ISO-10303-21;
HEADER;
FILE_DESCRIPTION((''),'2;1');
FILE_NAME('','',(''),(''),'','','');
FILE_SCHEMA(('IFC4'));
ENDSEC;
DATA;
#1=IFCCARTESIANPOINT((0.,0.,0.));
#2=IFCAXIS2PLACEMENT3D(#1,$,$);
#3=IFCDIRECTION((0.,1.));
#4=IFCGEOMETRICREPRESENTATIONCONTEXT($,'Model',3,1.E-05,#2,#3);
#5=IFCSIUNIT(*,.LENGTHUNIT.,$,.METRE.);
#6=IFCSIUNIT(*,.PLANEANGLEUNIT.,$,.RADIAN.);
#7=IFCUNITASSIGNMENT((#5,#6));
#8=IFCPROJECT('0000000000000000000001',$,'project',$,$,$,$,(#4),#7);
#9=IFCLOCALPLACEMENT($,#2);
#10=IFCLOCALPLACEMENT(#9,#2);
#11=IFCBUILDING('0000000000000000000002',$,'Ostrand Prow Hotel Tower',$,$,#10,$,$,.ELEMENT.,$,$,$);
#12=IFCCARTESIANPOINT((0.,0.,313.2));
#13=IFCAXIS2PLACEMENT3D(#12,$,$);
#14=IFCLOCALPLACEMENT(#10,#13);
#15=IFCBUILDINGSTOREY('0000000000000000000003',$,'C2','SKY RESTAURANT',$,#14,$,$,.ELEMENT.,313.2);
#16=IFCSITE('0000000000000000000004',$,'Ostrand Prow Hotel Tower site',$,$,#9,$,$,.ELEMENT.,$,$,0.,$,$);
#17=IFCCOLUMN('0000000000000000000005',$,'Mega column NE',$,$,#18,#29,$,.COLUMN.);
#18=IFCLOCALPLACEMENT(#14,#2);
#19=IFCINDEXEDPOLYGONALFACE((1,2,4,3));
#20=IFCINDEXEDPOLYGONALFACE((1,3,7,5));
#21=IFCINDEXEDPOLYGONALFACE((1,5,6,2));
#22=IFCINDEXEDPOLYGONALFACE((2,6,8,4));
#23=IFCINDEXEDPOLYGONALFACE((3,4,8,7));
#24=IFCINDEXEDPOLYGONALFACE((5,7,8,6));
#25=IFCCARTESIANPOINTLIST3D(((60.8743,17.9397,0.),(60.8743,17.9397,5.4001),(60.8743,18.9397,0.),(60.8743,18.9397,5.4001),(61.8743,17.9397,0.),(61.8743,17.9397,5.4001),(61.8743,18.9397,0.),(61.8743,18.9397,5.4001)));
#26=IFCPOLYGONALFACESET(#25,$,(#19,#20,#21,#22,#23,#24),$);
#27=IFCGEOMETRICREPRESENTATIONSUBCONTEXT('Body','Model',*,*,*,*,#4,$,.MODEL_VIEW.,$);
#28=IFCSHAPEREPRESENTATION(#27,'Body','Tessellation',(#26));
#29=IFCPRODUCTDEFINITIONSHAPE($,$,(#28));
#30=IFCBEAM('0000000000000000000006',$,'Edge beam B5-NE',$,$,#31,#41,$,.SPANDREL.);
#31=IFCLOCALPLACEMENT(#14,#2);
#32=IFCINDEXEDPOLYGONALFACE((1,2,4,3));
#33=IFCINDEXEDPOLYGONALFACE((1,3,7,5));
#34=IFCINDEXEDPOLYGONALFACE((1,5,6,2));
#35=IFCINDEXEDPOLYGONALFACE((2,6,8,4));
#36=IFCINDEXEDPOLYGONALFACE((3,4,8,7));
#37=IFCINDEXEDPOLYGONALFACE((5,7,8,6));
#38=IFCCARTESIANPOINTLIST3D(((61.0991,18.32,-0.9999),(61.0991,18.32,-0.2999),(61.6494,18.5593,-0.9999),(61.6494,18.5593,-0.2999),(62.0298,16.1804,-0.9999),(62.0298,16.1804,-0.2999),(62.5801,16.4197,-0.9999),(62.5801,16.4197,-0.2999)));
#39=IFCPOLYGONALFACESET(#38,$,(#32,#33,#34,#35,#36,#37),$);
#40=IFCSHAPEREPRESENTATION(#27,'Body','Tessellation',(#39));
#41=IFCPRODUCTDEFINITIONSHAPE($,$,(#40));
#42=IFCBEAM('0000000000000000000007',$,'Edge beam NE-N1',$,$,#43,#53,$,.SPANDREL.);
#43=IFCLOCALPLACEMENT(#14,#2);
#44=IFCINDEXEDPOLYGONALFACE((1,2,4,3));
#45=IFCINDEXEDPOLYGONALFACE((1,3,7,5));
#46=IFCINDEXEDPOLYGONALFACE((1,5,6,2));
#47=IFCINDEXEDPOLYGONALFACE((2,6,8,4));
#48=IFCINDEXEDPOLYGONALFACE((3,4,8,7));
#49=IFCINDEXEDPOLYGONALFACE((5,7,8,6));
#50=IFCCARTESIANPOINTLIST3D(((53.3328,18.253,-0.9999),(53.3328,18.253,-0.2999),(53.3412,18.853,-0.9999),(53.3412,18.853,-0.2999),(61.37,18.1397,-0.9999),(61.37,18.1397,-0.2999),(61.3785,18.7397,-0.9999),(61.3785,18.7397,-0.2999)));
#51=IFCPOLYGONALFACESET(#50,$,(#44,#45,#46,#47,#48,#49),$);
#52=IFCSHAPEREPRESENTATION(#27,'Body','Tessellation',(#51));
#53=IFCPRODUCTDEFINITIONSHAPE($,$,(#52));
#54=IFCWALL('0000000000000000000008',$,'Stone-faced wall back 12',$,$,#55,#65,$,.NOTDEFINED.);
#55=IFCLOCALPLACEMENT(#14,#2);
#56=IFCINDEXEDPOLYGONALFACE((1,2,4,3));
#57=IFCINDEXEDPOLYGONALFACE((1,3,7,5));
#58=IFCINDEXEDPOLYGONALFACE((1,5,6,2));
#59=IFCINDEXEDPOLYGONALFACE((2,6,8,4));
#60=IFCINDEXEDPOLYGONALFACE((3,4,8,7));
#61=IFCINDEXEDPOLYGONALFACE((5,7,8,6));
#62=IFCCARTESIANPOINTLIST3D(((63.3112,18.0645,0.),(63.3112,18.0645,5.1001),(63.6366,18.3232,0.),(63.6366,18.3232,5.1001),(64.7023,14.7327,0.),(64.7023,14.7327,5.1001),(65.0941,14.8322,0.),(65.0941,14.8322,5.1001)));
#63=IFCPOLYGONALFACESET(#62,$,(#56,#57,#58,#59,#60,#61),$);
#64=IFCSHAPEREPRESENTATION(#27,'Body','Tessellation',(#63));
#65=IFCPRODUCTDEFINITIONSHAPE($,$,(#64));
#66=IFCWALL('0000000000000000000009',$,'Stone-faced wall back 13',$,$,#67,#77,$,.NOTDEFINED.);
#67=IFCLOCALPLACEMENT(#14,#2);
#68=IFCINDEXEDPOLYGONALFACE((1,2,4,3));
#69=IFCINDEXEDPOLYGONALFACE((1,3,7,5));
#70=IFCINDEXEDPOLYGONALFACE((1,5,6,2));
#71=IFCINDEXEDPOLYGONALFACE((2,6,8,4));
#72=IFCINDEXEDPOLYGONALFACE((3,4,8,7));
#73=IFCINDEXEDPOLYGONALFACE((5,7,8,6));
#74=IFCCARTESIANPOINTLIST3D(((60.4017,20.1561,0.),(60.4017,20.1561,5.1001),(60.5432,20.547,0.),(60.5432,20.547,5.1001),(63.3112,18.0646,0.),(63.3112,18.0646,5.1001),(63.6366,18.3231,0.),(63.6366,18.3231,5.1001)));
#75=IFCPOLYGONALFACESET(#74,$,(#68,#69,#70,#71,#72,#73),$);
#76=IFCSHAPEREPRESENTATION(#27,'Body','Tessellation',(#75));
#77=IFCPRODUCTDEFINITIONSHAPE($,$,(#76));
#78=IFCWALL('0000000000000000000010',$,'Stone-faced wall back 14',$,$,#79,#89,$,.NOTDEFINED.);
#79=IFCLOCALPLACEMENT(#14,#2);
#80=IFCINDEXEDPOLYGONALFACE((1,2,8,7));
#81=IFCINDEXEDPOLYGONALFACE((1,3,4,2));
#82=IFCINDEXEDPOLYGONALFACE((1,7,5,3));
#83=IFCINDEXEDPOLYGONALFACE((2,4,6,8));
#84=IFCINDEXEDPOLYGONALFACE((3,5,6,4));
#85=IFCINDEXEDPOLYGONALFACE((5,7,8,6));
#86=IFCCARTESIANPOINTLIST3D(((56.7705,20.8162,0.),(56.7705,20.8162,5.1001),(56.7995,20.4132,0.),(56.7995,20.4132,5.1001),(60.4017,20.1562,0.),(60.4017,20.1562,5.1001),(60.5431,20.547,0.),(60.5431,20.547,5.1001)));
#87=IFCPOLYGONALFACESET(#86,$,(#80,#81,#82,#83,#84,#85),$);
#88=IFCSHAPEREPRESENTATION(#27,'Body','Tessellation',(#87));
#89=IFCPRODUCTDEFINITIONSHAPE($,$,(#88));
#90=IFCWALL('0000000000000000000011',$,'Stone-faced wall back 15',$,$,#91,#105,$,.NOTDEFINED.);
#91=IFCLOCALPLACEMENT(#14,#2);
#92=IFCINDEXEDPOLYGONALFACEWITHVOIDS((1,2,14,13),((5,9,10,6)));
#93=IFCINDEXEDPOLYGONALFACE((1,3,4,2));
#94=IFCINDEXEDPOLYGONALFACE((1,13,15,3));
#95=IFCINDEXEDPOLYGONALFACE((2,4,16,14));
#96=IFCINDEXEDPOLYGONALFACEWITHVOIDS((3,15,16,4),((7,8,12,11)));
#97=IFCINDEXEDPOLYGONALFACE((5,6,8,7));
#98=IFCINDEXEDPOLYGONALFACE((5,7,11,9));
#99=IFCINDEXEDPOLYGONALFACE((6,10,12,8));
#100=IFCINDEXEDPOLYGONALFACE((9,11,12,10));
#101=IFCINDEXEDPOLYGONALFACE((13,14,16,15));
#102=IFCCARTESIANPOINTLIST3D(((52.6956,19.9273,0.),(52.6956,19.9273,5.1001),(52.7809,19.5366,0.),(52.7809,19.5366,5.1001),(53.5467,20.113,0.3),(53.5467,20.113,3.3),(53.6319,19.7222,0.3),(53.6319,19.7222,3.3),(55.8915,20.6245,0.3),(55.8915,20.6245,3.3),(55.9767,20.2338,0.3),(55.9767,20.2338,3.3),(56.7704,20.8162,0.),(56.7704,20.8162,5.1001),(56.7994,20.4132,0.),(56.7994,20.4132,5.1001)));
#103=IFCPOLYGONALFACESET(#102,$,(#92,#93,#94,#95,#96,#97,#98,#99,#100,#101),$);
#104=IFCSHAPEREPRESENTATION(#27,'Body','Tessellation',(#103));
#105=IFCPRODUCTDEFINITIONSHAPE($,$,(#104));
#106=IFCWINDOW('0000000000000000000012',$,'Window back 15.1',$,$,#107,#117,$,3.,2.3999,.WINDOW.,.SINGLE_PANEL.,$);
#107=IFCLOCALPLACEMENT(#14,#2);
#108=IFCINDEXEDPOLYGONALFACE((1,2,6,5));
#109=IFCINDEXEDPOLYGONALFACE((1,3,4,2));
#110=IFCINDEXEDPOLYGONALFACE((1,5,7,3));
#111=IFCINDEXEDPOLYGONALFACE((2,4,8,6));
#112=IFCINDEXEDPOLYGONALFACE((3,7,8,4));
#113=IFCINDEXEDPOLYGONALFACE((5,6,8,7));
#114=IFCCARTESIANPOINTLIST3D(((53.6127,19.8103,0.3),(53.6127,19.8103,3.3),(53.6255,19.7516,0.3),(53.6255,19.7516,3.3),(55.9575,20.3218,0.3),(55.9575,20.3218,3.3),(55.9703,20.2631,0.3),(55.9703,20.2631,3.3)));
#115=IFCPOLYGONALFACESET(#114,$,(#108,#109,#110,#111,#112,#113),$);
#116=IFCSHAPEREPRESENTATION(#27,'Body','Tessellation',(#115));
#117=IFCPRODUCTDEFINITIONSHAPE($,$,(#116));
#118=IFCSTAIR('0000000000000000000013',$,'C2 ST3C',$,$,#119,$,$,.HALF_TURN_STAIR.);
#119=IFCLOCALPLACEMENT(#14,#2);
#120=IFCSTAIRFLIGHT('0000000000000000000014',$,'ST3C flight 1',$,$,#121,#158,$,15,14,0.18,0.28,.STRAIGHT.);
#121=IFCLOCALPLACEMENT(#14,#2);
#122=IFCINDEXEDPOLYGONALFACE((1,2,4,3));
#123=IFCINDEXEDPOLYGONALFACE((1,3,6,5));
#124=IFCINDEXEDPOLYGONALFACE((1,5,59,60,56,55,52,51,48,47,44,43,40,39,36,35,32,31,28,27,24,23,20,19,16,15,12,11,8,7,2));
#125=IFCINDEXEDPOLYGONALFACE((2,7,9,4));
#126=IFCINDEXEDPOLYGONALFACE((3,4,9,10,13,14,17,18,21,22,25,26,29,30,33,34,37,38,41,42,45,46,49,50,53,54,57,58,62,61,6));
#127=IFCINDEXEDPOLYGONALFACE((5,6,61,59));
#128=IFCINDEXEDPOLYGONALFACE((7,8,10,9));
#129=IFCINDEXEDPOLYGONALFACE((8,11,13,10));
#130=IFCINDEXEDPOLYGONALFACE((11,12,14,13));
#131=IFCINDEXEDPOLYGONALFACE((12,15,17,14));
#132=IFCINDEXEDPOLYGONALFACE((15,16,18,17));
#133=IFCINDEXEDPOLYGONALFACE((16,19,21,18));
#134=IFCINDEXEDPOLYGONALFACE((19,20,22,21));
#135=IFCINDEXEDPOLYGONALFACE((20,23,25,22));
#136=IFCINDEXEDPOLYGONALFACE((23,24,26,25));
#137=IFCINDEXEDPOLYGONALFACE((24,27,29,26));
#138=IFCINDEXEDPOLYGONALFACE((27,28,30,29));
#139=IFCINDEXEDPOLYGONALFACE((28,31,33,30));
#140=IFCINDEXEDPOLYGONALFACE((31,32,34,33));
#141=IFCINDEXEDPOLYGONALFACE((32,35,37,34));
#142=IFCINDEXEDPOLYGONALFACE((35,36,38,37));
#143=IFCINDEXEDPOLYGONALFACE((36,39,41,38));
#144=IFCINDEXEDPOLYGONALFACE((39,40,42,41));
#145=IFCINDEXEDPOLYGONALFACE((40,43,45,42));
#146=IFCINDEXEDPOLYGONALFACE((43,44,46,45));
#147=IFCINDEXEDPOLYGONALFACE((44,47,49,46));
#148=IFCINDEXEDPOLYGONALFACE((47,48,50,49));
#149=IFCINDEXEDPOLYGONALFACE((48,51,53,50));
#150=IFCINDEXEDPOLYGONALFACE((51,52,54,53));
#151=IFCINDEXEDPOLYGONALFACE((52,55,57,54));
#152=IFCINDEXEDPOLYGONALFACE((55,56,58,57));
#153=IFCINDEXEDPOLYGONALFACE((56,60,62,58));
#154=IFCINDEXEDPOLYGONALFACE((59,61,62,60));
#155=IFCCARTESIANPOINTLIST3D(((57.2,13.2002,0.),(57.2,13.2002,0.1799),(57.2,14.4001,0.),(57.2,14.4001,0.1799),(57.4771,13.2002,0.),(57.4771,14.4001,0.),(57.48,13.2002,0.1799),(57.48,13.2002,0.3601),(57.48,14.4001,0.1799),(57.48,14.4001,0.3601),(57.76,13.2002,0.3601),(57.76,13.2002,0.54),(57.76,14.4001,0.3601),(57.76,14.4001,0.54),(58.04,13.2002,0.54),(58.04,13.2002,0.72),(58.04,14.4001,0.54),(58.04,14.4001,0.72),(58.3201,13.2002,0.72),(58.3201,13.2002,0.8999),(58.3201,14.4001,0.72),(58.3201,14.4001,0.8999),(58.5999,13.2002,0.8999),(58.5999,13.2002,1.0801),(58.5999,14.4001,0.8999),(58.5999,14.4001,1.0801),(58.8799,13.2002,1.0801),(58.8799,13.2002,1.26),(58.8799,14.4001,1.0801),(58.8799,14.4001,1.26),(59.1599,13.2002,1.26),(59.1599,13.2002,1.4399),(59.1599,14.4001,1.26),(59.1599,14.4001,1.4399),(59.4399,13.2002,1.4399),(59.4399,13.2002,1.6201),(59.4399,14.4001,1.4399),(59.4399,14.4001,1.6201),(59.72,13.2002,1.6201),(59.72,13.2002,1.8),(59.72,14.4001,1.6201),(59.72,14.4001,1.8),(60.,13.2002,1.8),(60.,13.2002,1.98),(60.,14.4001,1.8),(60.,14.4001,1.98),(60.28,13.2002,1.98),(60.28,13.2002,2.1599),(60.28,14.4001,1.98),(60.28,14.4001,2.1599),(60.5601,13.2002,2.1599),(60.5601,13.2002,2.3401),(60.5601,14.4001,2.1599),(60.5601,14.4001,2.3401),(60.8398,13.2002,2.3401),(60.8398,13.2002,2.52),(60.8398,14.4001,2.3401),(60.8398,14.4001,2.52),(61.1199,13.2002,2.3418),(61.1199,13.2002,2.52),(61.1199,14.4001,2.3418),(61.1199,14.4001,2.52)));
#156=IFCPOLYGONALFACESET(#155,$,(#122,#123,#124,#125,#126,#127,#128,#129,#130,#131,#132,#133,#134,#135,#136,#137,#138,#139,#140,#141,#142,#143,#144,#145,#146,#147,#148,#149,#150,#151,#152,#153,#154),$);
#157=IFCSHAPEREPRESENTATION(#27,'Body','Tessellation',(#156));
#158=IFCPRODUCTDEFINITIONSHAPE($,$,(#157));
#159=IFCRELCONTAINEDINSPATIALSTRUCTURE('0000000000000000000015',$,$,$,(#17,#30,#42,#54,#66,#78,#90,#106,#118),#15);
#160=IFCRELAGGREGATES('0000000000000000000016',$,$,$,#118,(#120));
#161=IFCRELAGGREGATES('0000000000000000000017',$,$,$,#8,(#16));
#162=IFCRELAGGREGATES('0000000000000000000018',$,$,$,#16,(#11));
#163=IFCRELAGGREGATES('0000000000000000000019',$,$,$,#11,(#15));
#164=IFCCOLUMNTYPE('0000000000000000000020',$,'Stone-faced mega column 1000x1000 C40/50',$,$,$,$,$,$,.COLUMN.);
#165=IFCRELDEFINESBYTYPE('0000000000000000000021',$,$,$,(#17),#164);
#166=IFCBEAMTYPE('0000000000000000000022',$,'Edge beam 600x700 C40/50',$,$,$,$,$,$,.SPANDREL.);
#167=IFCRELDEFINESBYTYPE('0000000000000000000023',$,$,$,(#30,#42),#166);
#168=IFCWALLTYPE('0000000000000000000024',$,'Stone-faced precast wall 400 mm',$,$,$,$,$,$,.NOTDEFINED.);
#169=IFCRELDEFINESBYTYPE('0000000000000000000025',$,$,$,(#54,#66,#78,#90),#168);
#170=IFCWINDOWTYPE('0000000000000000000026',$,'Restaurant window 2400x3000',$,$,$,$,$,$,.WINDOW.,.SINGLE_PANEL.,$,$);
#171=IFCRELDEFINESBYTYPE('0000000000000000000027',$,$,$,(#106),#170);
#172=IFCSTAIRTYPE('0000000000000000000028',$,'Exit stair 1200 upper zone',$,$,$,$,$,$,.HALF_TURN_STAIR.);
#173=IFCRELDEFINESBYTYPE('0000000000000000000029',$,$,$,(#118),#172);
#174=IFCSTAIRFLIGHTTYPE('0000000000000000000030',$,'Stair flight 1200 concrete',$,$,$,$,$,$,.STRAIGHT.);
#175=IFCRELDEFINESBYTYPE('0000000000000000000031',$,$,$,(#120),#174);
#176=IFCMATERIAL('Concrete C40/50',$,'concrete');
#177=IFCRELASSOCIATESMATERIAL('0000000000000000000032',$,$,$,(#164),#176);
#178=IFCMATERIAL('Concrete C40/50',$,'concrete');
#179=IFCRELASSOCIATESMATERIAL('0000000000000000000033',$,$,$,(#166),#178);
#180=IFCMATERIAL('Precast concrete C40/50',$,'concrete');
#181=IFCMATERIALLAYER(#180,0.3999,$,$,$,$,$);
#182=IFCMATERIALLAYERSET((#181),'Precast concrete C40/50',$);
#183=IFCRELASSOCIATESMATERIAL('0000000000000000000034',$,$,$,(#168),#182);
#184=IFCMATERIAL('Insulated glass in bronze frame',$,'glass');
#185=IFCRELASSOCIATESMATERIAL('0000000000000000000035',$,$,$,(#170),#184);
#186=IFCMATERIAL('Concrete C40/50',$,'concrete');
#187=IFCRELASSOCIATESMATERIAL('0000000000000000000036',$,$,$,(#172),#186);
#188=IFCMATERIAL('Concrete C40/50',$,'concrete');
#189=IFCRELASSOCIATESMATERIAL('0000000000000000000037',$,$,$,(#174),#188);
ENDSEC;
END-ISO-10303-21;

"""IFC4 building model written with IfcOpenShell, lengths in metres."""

from ifc_helpers import new_model, si_unit, direction, frame, frame_2d, origin, origin_2d, place, context, subcontext, project, spatial, polyline, rectangle, outline, extrude, material, layer, layer_set, material_profile, profile_set, type_object, element, fill, aggregate, save


model = new_model("IFC4")

# Units and contexts
model_context = context("Model", 3, precision=1e-05, world=origin(), true_north=direction((0.0, 1.0)))
body_context = subcontext(model_context, "Body", "Model", "MODEL_VIEW")
ifc_project = project(units=[si_unit("LENGTHUNIT", "METRE"), si_unit("PLANEANGLEUNIT", "RADIAN")], contexts=[model_context])

# Site, building, storey
site_placement = place(None, origin())
site = spatial("IfcSite", under=ifc_project, at=site_placement, Name="Ostrand Prow Hotel Tower site", CompositionType="ELEMENT", RefElevation=0.0)
building_placement = place(site_placement, origin())
building = spatial("IfcBuilding", under=site, at=building_placement, Name="Ostrand Prow Hotel Tower", CompositionType="ELEMENT")
storey_placement = place(building_placement, frame((0.0, 0.0, 313.2)))
storey = spatial("IfcBuildingStorey", under=building, at=storey_placement, Name="C2", Description="SKY RESTAURANT", CompositionType="ELEMENT", Elevation=313.2)

# Column
ifc_material_1 = material(Name="Concrete C40/50", Category="concrete")
ifc_material_profile_1 = material_profile(ifc_material_1, rectangle(XDim=1.0, YDim=1.0, at=origin_2d()), Name="RC 1000x1000")
ifc_profile_set_1 = profile_set([ifc_material_profile_1], Name="Concrete C40/50")
column_type = type_object("IfcColumnType", Name="Stone-faced mega column 1000x1000 C40/50", PredefinedType="COLUMN", material=ifc_profile_set_1)
column_placement = place(storey_placement, frame((61.3743, 18.4397, 0.0), z_axis=(0.0, 0.0, 1.0), x_axis=(1.0, 0.0, 0.0)))
element("IfcColumn", 1, at=column_placement, inside=storey, type_object=column_type, Name="Mega column NE", PredefinedType="COLUMN", context=body_context, shape_type="SweptSolid", body=[
    extrude(rectangle(XDim=1.0, YDim=1.0, at=origin_2d()), origin(), (0.0, 0.0, 1.0), 5.4001),
])

# Beams
ifc_material_2 = material(Name="Concrete C40/50", Category="concrete")
ifc_material_profile_2 = material_profile(ifc_material_2, rectangle(XDim=0.6001, YDim=0.7, at=origin_2d()), Name="RC 600x700")
ifc_profile_set_2 = profile_set([ifc_material_profile_2], Name="Concrete C40/50")
beam_type = type_object("IfcBeamType", Name="Edge beam 600x700 C40/50", PredefinedType="SPANDREL", material=ifc_profile_set_2)
beam_1_placement = place(storey_placement, frame((62.3049, 16.3, -0.6499), z_axis=(-0.398864, 0.91701, 0.0), x_axis=(-0.91701, -0.398864, 0.0)))
element("IfcBeam", 2, at=beam_1_placement, inside=storey, type_object=beam_type, Name="Edge beam B5-NE", PredefinedType="SPANDREL", context=body_context, shape_type="SweptSolid", body=[
    extrude(rectangle(XDim=0.6001, YDim=0.7, at=origin_2d()), origin(), (0.0, 0.0, 1.0), 2.3333),
])
beam_2_placement = place(storey_placement, frame((61.3743, 18.4397, -0.6499), z_axis=(-0.999901, 0.014093, 0.0), x_axis=(-0.014093, -0.999901, 0.0)))
element("IfcBeam", 3, at=beam_2_placement, inside=storey, type_object=beam_type, Name="Edge beam NE-N1", PredefinedType="SPANDREL", context=body_context, shape_type="SweptSolid", body=[
    extrude(rectangle(XDim=0.6001, YDim=0.7, at=origin_2d()), origin(), (0.0, 0.0, 1.0), 8.0381),
])

# Walls
ifc_material_3 = material(Name="Precast concrete C40/50", Category="concrete")
ifc_layer_1 = layer(ifc_material_3, 0.3999)
ifc_layer_set_1 = layer_set([ifc_layer_1], Name="Precast concrete C40/50")
wall_type = type_object("IfcWallType", Name="Stone-faced precast wall 400 mm", PredefinedType="NOTDEFINED", material=ifc_layer_set_1)
wall_1_placement = place(storey_placement, frame((64.8982, 14.7825, 0.0), z_axis=(0.0, 0.0, 1.0), x_axis=(-0.385286, 0.922797, 0.0)))
element("IfcWall", 4, at=wall_1_placement, inside=storey, type_object=wall_type, Name="Stone-faced wall back 12", PredefinedType="NOTDEFINED", context=body_context, shape_type="SweptSolid", body=[
    extrude(outline(polyline([(-0.0295, -0.2), (3.7534, -0.2), (3.6401, 0.2), (0.0295, 0.2), (-0.0295, -0.2)])), origin(), (0.0, 0.0, 1.0), 5.1001),
])
wall_2_placement = place(storey_placement, frame((63.4739, 18.1938, 0.0), z_axis=(0.0, 0.0, 1.0), x_axis=(-0.811963, 0.58371, 0.0)))
element("IfcWall", 5, at=wall_2_placement, inside=storey, type_object=wall_type, Name="Stone-faced wall back 13", PredefinedType="NOTDEFINED", context=body_context, shape_type="SweptSolid", body=[
    extrude(outline(polyline([(-0.0566, -0.2), (3.7532, -0.2), (3.6399, 0.2), (0.0566, 0.2), (-0.0566, -0.2)])), origin(), (0.0, 0.0, 1.0), 5.1001),
])
wall_3_placement = place(storey_placement, frame((60.4724, 20.3516, 0.0), z_axis=(0.0, 0.0, 1.0), x_axis=(-0.997463, 0.071191, 0.0)))
element("IfcWall", 6, at=wall_3_placement, inside=storey, type_object=wall_type, Name="Stone-faced wall back 14", PredefinedType="NOTDEFINED", context=body_context, shape_type="SweptSolid", body=[
    extrude(outline(polyline([(-0.0566, -0.2), (3.7256, -0.2), (3.668, 0.2), (0.0566, 0.2), (-0.0566, -0.2)])), origin(), (0.0, 0.0, 1.0), 5.1001),
])

# Wall, opening, window
wall_4_placement = place(storey_placement, frame((56.7849, 20.6147, 0.0), z_axis=(0.0, 0.0, 1.0), x_axis=(-0.97702, -0.213147, 0.0)))
wall_4 = element("IfcWall", 7, at=wall_4_placement, inside=storey, type_object=wall_type, Name="Stone-faced wall back 15", PredefinedType="NOTDEFINED", context=body_context, shape_type="SweptSolid", body=[
    extrude(outline(polyline([(-0.0288, -0.2), (4.1418, -0.2), (4.1418, 0.2), (0.0288, 0.2), (-0.0288, -0.2)])), origin(), (0.0, 0.0, 1.0), 5.1001),
])
opening_placement = place(wall_4_placement, frame((0.8708, 0.0, 0.3)))
opening = element("IfcOpeningElement", 8, at=opening_placement, cuts=wall_4, PredefinedType="OPENING", context=body_context, shape_type="SweptSolid", body=[
    extrude(rectangle(XDim=2.3999, YDim=3.0, at=frame_2d((1.2, 1.5))), frame((0.0, 0.21, 0.0), z_axis=(0.0, -1.0, 0.0), x_axis=(1.0, 0.0, 0.0)), (0.0, 0.0, 1.0), 0.4199),
])
ifc_material_4 = material(Name="Insulated glass in bronze frame", Category="glass")
window_type = type_object("IfcWindowType", Name="Restaurant window 2400x3000", PartitioningType="SINGLE_PANEL", PredefinedType="WINDOW", material=ifc_material_4)
window_placement = place(opening_placement, origin())
window = element("IfcWindow", 9, at=window_placement, inside=storey, type_object=window_type, Name="Window back 15.1", OverallHeight=3.0, OverallWidth=2.3999, PartitioningType="SINGLE_PANEL", PredefinedType="WINDOW", context=body_context, shape_type="SweptSolid", body=[
    extrude(rectangle(XDim=2.3999, YDim=3.0, at=frame_2d((1.2, 1.5))), frame((0.0, 0.1699, 0.0), z_axis=(0.0, -1.0, 0.0), x_axis=(1.0, 0.0, 0.0)), (0.0, 0.0, 1.0), 0.0601),
])
fill(opening, window)

# Stair, stair flight
ifc_material_5 = material(Name="Concrete C40/50", Category="concrete")
stair_type = type_object("IfcStairType", Name="Exit stair 1200 upper zone", PredefinedType="HALF_TURN_STAIR", material=ifc_material_5)
stair_placement = place(storey_placement, origin())
stair = element("IfcStair", 10, at=stair_placement, inside=storey, type_object=stair_type, Name="C2 ST3C", PredefinedType="HALF_TURN_STAIR")
ifc_material_6 = material(Name="Concrete C40/50", Category="concrete")
stair_flight_type = type_object("IfcStairFlightType", Name="Stair flight 1200 concrete", PredefinedType="STRAIGHT", material=ifc_material_6)
stair_flight_1_placement = place(storey_placement, frame((57.2, 13.8, 0.0), z_axis=(0.0, 0.0, 1.0), x_axis=(1.0, 0.0, 0.0)))
stair_flight_1 = element("IfcStairFlight", 11, at=stair_flight_1_placement, type_object=stair_flight_type, Name="ST3C flight 1", NumberOfRisers=15, NumberOfTreads=14, PredefinedType="STRAIGHT", RiserHeight=0.18, TreadLength=0.28, context=body_context, shape_type="SweptSolid", body=[
    extrude(outline(polyline([(0.0, 0.0), (0.0, 0.1799), (0.28, 0.1799), (0.28, 0.3601), (0.5601, 0.3601), (0.5601, 0.54), (0.8401, 0.54), (0.8401, 0.72), (1.1201, 0.72), (1.1201, 0.8999), (1.3999, 0.8999), (1.3999, 1.0801), (1.6799, 1.0801), (1.6799, 1.26), (1.96, 1.26), (1.96, 1.4399), (2.24, 1.4399), (2.24, 1.6201), (2.52, 1.6201), (2.52, 1.8), (2.8, 1.8), (2.8, 1.98), (3.0801, 1.98), (3.0801, 2.1599), (3.3601, 2.1599), (3.3601, 2.3401), (3.6399, 2.3401), (3.6399, 2.52), (3.9199, 2.52), (3.9199, 2.7), (3.9199, 2.3418), (0.2771, 0.0), (0.0, 0.0)])), frame((0.0, 0.6001, 0.0), z_axis=(0.0, -1.0, 0.0), x_axis=(1.0, 0.0, 0.0)), (0.0, 0.0, 1.0), 1.2),
])
aggregate(stair, [stair_flight_1])

save(model, "model.ifc")
